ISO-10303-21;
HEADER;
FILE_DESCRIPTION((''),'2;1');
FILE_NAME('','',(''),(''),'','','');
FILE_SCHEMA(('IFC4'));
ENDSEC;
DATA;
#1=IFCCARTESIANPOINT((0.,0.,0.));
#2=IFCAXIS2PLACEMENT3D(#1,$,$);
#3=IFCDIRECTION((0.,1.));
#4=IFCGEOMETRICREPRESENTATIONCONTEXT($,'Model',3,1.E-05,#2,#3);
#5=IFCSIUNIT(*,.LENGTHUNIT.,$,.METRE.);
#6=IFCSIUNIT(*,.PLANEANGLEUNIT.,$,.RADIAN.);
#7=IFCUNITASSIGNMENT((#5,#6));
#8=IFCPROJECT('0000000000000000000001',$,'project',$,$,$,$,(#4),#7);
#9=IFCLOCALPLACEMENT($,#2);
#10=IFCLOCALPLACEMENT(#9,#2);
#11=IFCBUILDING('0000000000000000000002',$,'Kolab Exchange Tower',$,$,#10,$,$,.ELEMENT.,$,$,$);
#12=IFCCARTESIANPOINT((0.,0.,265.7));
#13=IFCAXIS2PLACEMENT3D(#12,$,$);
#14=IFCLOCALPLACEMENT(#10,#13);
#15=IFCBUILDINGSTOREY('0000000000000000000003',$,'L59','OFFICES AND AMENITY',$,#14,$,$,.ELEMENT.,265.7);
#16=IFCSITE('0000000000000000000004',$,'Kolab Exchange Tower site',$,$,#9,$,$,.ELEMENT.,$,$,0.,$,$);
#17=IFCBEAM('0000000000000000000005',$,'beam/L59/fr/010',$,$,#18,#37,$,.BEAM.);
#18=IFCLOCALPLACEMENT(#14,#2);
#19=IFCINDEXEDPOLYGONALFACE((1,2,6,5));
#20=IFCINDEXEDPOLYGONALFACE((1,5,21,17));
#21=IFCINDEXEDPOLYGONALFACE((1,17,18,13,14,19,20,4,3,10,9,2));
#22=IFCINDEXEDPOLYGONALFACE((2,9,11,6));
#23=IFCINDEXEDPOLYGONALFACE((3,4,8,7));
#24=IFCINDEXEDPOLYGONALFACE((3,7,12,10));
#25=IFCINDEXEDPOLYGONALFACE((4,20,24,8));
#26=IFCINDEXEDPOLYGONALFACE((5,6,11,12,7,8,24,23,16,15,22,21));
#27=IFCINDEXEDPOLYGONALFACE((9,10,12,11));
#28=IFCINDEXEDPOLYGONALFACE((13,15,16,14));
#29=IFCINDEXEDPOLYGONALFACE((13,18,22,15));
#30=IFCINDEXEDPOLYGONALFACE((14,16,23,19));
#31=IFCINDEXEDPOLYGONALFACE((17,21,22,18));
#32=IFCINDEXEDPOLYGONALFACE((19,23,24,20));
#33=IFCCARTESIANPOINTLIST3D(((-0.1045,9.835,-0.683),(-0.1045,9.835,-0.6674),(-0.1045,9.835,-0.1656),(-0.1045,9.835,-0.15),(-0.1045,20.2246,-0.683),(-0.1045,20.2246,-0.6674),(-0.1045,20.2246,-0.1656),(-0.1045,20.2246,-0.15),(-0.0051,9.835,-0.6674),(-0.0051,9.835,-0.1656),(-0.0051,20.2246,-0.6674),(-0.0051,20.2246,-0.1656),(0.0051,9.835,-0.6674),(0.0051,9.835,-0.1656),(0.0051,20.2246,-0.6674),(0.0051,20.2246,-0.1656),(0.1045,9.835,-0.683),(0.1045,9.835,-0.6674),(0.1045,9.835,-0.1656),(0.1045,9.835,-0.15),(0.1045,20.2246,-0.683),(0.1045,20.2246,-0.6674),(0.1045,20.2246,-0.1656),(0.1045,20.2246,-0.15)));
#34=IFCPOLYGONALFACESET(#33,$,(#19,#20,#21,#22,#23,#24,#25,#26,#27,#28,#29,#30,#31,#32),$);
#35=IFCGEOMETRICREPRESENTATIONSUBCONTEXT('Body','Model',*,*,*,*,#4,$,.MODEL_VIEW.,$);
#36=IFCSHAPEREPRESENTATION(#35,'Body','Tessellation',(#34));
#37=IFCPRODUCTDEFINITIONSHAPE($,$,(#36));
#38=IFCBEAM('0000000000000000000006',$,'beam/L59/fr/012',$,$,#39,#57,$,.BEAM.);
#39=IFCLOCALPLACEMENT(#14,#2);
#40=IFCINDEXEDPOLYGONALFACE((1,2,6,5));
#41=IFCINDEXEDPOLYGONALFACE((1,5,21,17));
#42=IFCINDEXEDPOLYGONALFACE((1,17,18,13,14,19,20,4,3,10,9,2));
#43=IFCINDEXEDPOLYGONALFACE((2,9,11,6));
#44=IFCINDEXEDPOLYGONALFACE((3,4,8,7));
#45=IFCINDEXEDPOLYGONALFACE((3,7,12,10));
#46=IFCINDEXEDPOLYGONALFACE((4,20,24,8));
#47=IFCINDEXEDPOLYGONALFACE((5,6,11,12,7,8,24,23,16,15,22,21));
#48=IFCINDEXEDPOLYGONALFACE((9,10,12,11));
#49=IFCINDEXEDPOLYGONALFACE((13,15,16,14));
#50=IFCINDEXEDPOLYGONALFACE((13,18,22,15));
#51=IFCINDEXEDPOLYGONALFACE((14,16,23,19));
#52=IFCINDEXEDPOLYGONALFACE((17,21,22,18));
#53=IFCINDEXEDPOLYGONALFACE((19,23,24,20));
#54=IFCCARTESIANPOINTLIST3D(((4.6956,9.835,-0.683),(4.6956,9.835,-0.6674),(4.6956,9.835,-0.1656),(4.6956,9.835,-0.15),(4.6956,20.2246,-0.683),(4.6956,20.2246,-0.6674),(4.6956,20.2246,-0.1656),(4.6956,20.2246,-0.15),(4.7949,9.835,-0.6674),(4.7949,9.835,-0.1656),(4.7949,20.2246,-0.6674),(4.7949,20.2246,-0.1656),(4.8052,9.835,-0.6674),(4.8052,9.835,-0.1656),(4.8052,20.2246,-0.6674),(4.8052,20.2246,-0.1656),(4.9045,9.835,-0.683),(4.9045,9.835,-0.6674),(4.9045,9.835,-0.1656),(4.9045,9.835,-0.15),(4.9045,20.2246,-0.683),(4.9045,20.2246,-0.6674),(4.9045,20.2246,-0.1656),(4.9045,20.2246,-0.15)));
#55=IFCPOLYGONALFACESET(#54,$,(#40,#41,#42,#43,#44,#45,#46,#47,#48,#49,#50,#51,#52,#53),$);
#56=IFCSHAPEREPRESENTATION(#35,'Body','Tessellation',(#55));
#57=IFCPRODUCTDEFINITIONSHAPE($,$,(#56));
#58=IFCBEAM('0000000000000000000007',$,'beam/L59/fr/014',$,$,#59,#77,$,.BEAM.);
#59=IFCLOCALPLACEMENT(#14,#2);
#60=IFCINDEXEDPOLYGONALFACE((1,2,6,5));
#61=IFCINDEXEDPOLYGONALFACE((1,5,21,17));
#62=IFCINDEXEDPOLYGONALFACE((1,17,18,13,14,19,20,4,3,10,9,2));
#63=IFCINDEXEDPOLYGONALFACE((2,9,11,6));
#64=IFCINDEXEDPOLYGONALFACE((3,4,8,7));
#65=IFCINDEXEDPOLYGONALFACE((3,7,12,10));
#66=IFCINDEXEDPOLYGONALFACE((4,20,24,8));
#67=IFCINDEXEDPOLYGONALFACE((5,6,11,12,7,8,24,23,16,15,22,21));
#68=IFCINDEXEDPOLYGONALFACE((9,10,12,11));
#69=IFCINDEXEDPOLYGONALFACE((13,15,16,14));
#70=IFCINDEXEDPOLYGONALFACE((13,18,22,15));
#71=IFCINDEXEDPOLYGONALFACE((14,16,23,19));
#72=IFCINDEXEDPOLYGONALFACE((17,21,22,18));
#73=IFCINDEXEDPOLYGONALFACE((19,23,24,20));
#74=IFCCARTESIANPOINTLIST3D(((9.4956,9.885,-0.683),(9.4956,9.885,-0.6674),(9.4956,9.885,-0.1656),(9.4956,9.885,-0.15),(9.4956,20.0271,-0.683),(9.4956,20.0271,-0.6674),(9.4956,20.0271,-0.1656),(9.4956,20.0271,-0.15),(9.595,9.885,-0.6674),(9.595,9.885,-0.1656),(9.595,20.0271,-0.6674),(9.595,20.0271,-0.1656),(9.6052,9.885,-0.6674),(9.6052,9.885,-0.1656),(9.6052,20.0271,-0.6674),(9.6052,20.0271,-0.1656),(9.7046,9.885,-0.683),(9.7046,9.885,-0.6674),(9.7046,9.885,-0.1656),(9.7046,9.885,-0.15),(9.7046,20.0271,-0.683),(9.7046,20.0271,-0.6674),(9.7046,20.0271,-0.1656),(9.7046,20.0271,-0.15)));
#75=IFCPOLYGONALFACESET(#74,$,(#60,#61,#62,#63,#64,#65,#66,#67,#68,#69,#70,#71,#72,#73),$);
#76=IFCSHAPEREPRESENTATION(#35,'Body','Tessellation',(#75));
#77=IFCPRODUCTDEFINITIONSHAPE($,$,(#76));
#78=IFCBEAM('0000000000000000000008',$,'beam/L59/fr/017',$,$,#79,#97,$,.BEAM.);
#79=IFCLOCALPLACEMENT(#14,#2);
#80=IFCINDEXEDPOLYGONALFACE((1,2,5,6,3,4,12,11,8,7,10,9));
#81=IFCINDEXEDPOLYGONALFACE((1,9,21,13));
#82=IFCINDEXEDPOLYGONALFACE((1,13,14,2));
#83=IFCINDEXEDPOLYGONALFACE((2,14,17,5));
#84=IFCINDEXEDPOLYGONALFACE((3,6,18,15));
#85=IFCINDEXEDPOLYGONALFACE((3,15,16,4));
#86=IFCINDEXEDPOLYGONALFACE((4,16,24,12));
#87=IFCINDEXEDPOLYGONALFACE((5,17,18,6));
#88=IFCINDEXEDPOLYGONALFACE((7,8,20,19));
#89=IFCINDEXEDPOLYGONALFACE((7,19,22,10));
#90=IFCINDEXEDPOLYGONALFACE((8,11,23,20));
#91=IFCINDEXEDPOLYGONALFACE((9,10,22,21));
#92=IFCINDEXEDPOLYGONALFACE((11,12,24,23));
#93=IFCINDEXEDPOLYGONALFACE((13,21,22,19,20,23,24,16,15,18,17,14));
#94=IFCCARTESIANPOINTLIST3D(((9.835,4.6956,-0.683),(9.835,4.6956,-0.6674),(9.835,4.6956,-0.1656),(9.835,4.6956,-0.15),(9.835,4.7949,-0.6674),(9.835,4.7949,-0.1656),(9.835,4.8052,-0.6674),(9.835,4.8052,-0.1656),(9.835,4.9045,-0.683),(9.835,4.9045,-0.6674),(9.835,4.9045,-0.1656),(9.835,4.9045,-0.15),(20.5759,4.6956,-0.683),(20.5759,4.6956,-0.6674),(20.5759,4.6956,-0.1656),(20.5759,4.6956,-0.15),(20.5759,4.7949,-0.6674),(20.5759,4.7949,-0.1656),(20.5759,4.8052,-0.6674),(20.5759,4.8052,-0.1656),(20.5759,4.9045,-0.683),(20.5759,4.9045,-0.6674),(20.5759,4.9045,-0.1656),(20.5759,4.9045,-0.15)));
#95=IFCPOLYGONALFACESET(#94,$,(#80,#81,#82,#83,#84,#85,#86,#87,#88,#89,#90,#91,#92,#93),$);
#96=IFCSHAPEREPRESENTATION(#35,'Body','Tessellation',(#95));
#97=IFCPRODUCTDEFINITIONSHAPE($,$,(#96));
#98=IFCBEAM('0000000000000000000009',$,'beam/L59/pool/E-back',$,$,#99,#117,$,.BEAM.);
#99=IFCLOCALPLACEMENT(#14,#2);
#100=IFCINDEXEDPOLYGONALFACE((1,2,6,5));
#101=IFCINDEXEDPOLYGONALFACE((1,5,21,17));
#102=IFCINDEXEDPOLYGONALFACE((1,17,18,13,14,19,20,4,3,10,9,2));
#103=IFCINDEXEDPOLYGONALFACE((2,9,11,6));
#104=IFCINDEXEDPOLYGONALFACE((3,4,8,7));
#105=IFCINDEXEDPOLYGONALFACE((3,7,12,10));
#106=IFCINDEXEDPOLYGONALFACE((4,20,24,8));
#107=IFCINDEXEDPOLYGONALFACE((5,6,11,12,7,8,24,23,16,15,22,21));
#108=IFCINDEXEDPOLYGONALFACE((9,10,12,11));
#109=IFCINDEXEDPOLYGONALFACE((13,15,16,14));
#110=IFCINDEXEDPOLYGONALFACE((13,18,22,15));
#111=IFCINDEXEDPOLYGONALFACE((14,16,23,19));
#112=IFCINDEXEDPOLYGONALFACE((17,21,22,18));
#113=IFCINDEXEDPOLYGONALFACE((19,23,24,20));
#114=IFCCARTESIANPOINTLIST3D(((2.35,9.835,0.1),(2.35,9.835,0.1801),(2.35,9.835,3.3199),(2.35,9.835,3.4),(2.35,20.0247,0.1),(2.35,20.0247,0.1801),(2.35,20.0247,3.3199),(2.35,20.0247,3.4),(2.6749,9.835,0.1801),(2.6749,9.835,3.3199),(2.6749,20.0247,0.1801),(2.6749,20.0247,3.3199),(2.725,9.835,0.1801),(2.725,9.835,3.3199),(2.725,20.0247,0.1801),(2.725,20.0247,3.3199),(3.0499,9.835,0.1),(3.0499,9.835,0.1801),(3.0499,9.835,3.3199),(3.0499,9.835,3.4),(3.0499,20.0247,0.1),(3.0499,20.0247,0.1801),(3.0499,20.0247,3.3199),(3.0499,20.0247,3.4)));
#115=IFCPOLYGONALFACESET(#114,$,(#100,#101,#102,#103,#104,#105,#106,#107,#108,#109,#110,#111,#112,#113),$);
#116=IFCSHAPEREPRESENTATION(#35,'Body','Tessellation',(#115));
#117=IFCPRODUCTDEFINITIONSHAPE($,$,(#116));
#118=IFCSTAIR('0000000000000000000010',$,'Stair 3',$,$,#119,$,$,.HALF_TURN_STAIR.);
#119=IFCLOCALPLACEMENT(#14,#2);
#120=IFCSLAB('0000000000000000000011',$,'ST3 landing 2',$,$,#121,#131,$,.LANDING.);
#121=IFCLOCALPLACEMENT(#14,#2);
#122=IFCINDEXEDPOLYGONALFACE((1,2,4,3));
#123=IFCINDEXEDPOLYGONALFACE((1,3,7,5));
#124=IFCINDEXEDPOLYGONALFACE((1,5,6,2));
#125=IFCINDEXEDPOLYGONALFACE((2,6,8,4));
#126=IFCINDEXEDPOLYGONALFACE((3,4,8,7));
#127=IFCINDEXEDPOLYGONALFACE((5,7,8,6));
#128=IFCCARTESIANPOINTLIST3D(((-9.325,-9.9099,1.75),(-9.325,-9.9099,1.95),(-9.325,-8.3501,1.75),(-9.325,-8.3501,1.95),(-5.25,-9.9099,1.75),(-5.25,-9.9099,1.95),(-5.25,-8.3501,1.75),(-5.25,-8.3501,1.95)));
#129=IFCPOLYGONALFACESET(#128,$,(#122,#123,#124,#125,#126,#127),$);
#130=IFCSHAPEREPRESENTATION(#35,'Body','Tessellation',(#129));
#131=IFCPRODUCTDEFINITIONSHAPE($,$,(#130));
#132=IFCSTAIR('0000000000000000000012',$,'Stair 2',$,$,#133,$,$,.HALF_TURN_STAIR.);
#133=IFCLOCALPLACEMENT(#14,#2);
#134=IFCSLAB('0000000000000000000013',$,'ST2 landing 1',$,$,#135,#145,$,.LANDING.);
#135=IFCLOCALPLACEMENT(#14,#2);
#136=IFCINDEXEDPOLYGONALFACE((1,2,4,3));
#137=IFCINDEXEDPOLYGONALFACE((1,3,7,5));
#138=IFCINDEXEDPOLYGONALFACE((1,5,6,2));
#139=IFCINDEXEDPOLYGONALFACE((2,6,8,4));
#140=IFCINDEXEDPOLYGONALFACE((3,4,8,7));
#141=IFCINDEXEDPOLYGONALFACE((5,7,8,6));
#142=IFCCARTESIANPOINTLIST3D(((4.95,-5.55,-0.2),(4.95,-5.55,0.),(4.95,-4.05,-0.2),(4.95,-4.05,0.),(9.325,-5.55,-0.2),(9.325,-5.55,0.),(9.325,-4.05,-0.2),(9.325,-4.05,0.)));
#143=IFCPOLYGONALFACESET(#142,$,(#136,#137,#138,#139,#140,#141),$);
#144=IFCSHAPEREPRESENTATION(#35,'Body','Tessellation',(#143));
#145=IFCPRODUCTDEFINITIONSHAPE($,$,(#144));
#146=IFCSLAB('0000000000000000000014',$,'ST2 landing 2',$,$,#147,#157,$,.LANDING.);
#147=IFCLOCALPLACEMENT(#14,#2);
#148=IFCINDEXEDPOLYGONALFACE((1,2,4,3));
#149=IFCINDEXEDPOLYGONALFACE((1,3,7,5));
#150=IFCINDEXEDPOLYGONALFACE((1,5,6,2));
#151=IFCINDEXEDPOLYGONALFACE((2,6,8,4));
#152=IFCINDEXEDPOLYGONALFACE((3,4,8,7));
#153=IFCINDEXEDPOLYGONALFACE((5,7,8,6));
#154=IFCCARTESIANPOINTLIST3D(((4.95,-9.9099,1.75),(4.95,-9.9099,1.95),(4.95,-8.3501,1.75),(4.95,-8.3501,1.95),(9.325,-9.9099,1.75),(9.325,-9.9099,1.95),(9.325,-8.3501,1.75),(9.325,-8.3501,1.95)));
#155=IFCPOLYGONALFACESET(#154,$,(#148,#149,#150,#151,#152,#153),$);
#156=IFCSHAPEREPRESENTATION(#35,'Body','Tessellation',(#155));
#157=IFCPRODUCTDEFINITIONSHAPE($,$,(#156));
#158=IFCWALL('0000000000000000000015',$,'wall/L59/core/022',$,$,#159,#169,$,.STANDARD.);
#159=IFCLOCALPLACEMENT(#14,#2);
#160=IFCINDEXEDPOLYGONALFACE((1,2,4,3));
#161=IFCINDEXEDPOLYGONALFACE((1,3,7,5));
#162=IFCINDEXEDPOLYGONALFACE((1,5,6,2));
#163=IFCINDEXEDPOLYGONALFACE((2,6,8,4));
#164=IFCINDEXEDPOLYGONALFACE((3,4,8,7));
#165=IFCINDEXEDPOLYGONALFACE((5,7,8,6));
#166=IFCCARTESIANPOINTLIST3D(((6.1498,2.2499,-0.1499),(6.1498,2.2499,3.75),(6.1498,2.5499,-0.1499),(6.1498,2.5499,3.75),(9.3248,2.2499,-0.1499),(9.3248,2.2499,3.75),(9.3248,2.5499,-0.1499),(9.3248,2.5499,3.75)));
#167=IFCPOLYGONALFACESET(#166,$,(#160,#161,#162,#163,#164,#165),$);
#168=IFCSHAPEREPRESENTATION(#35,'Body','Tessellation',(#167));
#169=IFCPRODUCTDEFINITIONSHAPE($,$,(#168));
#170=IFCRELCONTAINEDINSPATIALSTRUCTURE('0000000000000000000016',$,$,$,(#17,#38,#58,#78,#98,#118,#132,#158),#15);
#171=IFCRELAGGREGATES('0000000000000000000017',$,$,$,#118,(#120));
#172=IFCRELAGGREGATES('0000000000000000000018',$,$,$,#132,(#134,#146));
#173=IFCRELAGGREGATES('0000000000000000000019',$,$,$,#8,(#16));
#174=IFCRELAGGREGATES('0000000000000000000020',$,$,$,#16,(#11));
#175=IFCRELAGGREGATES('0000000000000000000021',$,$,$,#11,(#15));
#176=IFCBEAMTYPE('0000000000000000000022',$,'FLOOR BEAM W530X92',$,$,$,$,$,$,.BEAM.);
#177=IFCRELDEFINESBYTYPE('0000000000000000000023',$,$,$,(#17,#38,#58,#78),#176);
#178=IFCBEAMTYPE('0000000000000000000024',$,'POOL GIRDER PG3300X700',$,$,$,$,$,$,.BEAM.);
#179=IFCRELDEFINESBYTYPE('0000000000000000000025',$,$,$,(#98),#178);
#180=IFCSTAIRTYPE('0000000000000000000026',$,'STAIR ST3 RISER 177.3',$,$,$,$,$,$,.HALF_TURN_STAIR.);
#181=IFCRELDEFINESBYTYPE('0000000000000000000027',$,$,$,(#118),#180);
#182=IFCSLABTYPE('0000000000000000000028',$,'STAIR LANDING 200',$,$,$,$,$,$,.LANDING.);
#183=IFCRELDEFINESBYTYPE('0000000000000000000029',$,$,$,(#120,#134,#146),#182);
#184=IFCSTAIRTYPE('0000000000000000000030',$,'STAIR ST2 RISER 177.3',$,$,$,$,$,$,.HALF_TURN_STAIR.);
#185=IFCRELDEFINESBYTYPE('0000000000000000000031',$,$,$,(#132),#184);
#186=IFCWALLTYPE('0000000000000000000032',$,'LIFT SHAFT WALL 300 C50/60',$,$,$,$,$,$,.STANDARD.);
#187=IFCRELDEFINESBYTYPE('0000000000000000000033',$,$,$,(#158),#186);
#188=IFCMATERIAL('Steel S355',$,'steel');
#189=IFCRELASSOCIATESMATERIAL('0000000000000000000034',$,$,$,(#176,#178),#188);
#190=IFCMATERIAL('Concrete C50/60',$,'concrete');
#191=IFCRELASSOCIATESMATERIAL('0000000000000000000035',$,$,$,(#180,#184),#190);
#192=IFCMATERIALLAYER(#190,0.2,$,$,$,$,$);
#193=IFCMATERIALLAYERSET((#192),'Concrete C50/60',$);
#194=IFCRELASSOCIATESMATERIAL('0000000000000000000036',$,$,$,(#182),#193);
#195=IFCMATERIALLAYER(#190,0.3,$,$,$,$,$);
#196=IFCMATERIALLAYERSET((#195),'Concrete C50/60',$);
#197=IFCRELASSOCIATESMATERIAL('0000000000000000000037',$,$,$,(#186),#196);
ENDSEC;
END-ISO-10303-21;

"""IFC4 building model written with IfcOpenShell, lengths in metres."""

from ifc_helpers import new_model, si_unit, direction, frame, frame_2d, origin, origin_2d, place, context, subcontext, project, spatial, polyline, rectangle, i_section, outline, extrude, material, layer, layer_set, material_profile, profile_set, type_object, element, aggregate, save


model = new_model("IFC4")

# Units and contexts
model_context = context("Model", 3, precision=1e-05, world=origin(), true_north=direction((0.0, 1.0)))
body_context = subcontext(model_context, "Body", "Model", "MODEL_VIEW")
ifc_project = project(units=[si_unit("LENGTHUNIT", "METRE"), si_unit("PLANEANGLEUNIT", "RADIAN")], contexts=[model_context])

# Site, building, storey
site_placement = place(None, origin())
site = spatial("IfcSite", under=ifc_project, at=site_placement, Name="Kolab Exchange Tower site", CompositionType="ELEMENT", RefElevation=0.0)
building_placement = place(site_placement, origin())
building = spatial("IfcBuilding", under=site, at=building_placement, Name="Kolab Exchange Tower", CompositionType="ELEMENT")
storey_placement = place(building_placement, frame((0.0, 0.0, 265.7)))
storey = spatial("IfcBuildingStorey", under=building, at=storey_placement, Name="L59", Description="OFFICES AND AMENITY", CompositionType="ELEMENT", Elevation=265.7)

# Beams
ifc_material_1 = material(Name="Steel S355", Category="steel")
ifc_material_profile_1 = material_profile(ifc_material_1, i_section(OverallWidth=0.209, OverallDepth=0.533, WebThickness=0.0103, FlangeThickness=0.0156, at=origin_2d()), Name="W530X92")
ifc_profile_set_1 = profile_set([ifc_material_profile_1], Name="Steel S355")
beam_type_1 = type_object("IfcBeamType", Name="FLOOR BEAM W530X92", PredefinedType="BEAM", material=ifc_profile_set_1)
for number, where, z_axis, x_axis, name in (
    (1, (0.0, 9.835, -0.4165), (0.0, 1.0, 0.0), (-1.0, 0.0, 0.0), "beam/L59/fr/010"),
    (2, (4.8, 9.835, -0.4165), (0.0, 1.0, 0.0), (-1.0, 0.0, 0.0), "beam/L59/fr/012"),
):
    element("IfcBeam", number, at=place(storey_placement, frame(where, z_axis=z_axis, x_axis=x_axis)), inside=storey, type_object=beam_type_1, Name=name, PredefinedType="BEAM", context=body_context, shape_type="SweptSolid", body=[
        extrude(i_section(OverallWidth=0.209, OverallDepth=0.533, WebThickness=0.0103, FlangeThickness=0.0156, at=origin_2d()), origin(), (0.0, 0.0, 1.0), 10.3896),
    ])
beam_1_placement = place(storey_placement, frame((9.6001, 9.885, -0.4165), z_axis=(0.0, 1.0, 0.0), x_axis=(-1.0, 0.0, 0.0)))
element("IfcBeam", 3, at=beam_1_placement, inside=storey, type_object=beam_type_1, Name="beam/L59/fr/014", PredefinedType="BEAM", context=body_context, shape_type="SweptSolid", body=[
    extrude(i_section(OverallWidth=0.209, OverallDepth=0.533, WebThickness=0.0103, FlangeThickness=0.0156, at=origin_2d()), origin(), (0.0, 0.0, 1.0), 10.1421),
])
beam_2_placement = place(storey_placement, frame((9.835, 4.8, -0.4165), z_axis=(1.0, 0.0, 0.0), x_axis=(0.0, 1.0, 0.0)))
element("IfcBeam", 4, at=beam_2_placement, inside=storey, type_object=beam_type_1, Name="beam/L59/fr/017", PredefinedType="BEAM", context=body_context, shape_type="SweptSolid", body=[
    extrude(i_section(OverallWidth=0.209, OverallDepth=0.533, WebThickness=0.0103, FlangeThickness=0.0156, at=origin_2d()), origin(), (0.0, 0.0, 1.0), 10.741),
])
ifc_material_profile_2 = material_profile(ifc_material_1, i_section(OverallWidth=0.7, OverallDepth=3.3, WebThickness=0.05, FlangeThickness=0.0801, at=origin_2d()), Name="PG3300X700")
ifc_profile_set_2 = profile_set([ifc_material_profile_2], Name="Steel S355")
beam_type_2 = type_object("IfcBeamType", Name="POOL GIRDER PG3300X700", PredefinedType="BEAM", material=ifc_profile_set_2)
beam_3_placement = place(storey_placement, frame((2.7, 9.835, 1.75), z_axis=(0.0, 1.0, 0.0), x_axis=(-1.0, 0.0, 0.0)))
element("IfcBeam", 5, at=beam_3_placement, inside=storey, type_object=beam_type_2, Name="beam/L59/pool/E-back", PredefinedType="BEAM", context=body_context, shape_type="SweptSolid", body=[
    extrude(i_section(OverallWidth=0.7, OverallDepth=3.3, WebThickness=0.05, FlangeThickness=0.0801, at=origin_2d()), origin(), (0.0, 0.0, 1.0), 10.1897),
])

# Stair, slab
ifc_material_2 = material(Name="Concrete C50/60", Category="concrete")
stair_type_1 = type_object("IfcStairType", Name="STAIR ST3 RISER 177.3", PredefinedType="HALF_TURN_STAIR", material=ifc_material_2)
stair_1_placement = place(storey_placement, origin())
stair_1 = element("IfcStair", 6, at=stair_1_placement, inside=storey, type_object=stair_type_1, Name="Stair 3", PredefinedType="HALF_TURN_STAIR")
ifc_layer_1 = layer(ifc_material_2, 0.2)
ifc_layer_set_1 = layer_set([ifc_layer_1], Name="Concrete C50/60")
slab_type = type_object("IfcSlabType", Name="STAIR LANDING 200", PredefinedType="LANDING", material=ifc_layer_set_1)
slab_1_placement = place(storey_placement, frame((0.0, 0.0, 1.75)))
slab_1 = element("IfcSlab", 7, at=slab_1_placement, type_object=slab_type, Name="ST3 landing 2", PredefinedType="LANDING", context=body_context, shape_type="SweptSolid", body=[
    extrude(outline(polyline([(-9.325, -9.9099), (-5.25, -9.9099), (-5.25, -8.3501), (-9.325, -8.3501), (-9.325, -9.9099)])), origin(), (0.0, 0.0, 1.0), 0.2),
])
aggregate(stair_1, [slab_1])

# Stair, slabs
stair_type_2 = type_object("IfcStairType", Name="STAIR ST2 RISER 177.3", PredefinedType="HALF_TURN_STAIR", material=ifc_material_2)
stair_2_placement = place(storey_placement, origin())
stair_2 = element("IfcStair", 8, at=stair_2_placement, inside=storey, type_object=stair_type_2, Name="Stair 2", PredefinedType="HALF_TURN_STAIR")
slab_2_placement = place(storey_placement, frame((0.0, 0.0, -0.2)))
slab_2 = element("IfcSlab", 9, at=slab_2_placement, type_object=slab_type, Name="ST2 landing 1", PredefinedType="LANDING", context=body_context, shape_type="SweptSolid", body=[
    extrude(outline(polyline([(4.95, -5.55), (9.325, -5.55), (9.325, -4.05), (4.95, -4.05), (4.95, -5.55)])), origin(), (0.0, 0.0, 1.0), 0.2),
])
slab_3_placement = place(storey_placement, frame((0.0, 0.0, 1.75)))
slab_3 = element("IfcSlab", 10, at=slab_3_placement, type_object=slab_type, Name="ST2 landing 2", PredefinedType="LANDING", context=body_context, shape_type="SweptSolid", body=[
    extrude(outline(polyline([(4.95, -9.9099), (9.325, -9.9099), (9.325, -8.3501), (4.95, -8.3501), (4.95, -9.9099)])), origin(), (0.0, 0.0, 1.0), 0.2),
])
aggregate(stair_2, [slab_2, slab_3])

# Wall
ifc_layer_2 = layer(ifc_material_2, 0.3)
ifc_layer_set_2 = layer_set([ifc_layer_2], Name="Concrete C50/60")
wall_type_1 = type_object("IfcWallType", Name="LIFT SHAFT WALL 300 C50/60", PredefinedType="STANDARD", material=ifc_layer_set_2)
wall_1_placement = place(storey_placement, frame((6.1499, 2.3999, -0.1499), z_axis=(0.0, 0.0, 1.0), x_axis=(1.0, 0.0, 0.0)))
element("IfcWall", 11, at=wall_1_placement, inside=storey, type_object=wall_type_1, Name="wall/L59/core/022", PredefinedType="STANDARD", context=body_context, shape_type="SweptSolid", body=[
    extrude(rectangle(XDim=3.175, YDim=0.3, at=frame_2d((1.5874, 0.0))), origin(), (0.0, 0.0, 1.0), 3.8999),
])

save(model, "model.ifc")
